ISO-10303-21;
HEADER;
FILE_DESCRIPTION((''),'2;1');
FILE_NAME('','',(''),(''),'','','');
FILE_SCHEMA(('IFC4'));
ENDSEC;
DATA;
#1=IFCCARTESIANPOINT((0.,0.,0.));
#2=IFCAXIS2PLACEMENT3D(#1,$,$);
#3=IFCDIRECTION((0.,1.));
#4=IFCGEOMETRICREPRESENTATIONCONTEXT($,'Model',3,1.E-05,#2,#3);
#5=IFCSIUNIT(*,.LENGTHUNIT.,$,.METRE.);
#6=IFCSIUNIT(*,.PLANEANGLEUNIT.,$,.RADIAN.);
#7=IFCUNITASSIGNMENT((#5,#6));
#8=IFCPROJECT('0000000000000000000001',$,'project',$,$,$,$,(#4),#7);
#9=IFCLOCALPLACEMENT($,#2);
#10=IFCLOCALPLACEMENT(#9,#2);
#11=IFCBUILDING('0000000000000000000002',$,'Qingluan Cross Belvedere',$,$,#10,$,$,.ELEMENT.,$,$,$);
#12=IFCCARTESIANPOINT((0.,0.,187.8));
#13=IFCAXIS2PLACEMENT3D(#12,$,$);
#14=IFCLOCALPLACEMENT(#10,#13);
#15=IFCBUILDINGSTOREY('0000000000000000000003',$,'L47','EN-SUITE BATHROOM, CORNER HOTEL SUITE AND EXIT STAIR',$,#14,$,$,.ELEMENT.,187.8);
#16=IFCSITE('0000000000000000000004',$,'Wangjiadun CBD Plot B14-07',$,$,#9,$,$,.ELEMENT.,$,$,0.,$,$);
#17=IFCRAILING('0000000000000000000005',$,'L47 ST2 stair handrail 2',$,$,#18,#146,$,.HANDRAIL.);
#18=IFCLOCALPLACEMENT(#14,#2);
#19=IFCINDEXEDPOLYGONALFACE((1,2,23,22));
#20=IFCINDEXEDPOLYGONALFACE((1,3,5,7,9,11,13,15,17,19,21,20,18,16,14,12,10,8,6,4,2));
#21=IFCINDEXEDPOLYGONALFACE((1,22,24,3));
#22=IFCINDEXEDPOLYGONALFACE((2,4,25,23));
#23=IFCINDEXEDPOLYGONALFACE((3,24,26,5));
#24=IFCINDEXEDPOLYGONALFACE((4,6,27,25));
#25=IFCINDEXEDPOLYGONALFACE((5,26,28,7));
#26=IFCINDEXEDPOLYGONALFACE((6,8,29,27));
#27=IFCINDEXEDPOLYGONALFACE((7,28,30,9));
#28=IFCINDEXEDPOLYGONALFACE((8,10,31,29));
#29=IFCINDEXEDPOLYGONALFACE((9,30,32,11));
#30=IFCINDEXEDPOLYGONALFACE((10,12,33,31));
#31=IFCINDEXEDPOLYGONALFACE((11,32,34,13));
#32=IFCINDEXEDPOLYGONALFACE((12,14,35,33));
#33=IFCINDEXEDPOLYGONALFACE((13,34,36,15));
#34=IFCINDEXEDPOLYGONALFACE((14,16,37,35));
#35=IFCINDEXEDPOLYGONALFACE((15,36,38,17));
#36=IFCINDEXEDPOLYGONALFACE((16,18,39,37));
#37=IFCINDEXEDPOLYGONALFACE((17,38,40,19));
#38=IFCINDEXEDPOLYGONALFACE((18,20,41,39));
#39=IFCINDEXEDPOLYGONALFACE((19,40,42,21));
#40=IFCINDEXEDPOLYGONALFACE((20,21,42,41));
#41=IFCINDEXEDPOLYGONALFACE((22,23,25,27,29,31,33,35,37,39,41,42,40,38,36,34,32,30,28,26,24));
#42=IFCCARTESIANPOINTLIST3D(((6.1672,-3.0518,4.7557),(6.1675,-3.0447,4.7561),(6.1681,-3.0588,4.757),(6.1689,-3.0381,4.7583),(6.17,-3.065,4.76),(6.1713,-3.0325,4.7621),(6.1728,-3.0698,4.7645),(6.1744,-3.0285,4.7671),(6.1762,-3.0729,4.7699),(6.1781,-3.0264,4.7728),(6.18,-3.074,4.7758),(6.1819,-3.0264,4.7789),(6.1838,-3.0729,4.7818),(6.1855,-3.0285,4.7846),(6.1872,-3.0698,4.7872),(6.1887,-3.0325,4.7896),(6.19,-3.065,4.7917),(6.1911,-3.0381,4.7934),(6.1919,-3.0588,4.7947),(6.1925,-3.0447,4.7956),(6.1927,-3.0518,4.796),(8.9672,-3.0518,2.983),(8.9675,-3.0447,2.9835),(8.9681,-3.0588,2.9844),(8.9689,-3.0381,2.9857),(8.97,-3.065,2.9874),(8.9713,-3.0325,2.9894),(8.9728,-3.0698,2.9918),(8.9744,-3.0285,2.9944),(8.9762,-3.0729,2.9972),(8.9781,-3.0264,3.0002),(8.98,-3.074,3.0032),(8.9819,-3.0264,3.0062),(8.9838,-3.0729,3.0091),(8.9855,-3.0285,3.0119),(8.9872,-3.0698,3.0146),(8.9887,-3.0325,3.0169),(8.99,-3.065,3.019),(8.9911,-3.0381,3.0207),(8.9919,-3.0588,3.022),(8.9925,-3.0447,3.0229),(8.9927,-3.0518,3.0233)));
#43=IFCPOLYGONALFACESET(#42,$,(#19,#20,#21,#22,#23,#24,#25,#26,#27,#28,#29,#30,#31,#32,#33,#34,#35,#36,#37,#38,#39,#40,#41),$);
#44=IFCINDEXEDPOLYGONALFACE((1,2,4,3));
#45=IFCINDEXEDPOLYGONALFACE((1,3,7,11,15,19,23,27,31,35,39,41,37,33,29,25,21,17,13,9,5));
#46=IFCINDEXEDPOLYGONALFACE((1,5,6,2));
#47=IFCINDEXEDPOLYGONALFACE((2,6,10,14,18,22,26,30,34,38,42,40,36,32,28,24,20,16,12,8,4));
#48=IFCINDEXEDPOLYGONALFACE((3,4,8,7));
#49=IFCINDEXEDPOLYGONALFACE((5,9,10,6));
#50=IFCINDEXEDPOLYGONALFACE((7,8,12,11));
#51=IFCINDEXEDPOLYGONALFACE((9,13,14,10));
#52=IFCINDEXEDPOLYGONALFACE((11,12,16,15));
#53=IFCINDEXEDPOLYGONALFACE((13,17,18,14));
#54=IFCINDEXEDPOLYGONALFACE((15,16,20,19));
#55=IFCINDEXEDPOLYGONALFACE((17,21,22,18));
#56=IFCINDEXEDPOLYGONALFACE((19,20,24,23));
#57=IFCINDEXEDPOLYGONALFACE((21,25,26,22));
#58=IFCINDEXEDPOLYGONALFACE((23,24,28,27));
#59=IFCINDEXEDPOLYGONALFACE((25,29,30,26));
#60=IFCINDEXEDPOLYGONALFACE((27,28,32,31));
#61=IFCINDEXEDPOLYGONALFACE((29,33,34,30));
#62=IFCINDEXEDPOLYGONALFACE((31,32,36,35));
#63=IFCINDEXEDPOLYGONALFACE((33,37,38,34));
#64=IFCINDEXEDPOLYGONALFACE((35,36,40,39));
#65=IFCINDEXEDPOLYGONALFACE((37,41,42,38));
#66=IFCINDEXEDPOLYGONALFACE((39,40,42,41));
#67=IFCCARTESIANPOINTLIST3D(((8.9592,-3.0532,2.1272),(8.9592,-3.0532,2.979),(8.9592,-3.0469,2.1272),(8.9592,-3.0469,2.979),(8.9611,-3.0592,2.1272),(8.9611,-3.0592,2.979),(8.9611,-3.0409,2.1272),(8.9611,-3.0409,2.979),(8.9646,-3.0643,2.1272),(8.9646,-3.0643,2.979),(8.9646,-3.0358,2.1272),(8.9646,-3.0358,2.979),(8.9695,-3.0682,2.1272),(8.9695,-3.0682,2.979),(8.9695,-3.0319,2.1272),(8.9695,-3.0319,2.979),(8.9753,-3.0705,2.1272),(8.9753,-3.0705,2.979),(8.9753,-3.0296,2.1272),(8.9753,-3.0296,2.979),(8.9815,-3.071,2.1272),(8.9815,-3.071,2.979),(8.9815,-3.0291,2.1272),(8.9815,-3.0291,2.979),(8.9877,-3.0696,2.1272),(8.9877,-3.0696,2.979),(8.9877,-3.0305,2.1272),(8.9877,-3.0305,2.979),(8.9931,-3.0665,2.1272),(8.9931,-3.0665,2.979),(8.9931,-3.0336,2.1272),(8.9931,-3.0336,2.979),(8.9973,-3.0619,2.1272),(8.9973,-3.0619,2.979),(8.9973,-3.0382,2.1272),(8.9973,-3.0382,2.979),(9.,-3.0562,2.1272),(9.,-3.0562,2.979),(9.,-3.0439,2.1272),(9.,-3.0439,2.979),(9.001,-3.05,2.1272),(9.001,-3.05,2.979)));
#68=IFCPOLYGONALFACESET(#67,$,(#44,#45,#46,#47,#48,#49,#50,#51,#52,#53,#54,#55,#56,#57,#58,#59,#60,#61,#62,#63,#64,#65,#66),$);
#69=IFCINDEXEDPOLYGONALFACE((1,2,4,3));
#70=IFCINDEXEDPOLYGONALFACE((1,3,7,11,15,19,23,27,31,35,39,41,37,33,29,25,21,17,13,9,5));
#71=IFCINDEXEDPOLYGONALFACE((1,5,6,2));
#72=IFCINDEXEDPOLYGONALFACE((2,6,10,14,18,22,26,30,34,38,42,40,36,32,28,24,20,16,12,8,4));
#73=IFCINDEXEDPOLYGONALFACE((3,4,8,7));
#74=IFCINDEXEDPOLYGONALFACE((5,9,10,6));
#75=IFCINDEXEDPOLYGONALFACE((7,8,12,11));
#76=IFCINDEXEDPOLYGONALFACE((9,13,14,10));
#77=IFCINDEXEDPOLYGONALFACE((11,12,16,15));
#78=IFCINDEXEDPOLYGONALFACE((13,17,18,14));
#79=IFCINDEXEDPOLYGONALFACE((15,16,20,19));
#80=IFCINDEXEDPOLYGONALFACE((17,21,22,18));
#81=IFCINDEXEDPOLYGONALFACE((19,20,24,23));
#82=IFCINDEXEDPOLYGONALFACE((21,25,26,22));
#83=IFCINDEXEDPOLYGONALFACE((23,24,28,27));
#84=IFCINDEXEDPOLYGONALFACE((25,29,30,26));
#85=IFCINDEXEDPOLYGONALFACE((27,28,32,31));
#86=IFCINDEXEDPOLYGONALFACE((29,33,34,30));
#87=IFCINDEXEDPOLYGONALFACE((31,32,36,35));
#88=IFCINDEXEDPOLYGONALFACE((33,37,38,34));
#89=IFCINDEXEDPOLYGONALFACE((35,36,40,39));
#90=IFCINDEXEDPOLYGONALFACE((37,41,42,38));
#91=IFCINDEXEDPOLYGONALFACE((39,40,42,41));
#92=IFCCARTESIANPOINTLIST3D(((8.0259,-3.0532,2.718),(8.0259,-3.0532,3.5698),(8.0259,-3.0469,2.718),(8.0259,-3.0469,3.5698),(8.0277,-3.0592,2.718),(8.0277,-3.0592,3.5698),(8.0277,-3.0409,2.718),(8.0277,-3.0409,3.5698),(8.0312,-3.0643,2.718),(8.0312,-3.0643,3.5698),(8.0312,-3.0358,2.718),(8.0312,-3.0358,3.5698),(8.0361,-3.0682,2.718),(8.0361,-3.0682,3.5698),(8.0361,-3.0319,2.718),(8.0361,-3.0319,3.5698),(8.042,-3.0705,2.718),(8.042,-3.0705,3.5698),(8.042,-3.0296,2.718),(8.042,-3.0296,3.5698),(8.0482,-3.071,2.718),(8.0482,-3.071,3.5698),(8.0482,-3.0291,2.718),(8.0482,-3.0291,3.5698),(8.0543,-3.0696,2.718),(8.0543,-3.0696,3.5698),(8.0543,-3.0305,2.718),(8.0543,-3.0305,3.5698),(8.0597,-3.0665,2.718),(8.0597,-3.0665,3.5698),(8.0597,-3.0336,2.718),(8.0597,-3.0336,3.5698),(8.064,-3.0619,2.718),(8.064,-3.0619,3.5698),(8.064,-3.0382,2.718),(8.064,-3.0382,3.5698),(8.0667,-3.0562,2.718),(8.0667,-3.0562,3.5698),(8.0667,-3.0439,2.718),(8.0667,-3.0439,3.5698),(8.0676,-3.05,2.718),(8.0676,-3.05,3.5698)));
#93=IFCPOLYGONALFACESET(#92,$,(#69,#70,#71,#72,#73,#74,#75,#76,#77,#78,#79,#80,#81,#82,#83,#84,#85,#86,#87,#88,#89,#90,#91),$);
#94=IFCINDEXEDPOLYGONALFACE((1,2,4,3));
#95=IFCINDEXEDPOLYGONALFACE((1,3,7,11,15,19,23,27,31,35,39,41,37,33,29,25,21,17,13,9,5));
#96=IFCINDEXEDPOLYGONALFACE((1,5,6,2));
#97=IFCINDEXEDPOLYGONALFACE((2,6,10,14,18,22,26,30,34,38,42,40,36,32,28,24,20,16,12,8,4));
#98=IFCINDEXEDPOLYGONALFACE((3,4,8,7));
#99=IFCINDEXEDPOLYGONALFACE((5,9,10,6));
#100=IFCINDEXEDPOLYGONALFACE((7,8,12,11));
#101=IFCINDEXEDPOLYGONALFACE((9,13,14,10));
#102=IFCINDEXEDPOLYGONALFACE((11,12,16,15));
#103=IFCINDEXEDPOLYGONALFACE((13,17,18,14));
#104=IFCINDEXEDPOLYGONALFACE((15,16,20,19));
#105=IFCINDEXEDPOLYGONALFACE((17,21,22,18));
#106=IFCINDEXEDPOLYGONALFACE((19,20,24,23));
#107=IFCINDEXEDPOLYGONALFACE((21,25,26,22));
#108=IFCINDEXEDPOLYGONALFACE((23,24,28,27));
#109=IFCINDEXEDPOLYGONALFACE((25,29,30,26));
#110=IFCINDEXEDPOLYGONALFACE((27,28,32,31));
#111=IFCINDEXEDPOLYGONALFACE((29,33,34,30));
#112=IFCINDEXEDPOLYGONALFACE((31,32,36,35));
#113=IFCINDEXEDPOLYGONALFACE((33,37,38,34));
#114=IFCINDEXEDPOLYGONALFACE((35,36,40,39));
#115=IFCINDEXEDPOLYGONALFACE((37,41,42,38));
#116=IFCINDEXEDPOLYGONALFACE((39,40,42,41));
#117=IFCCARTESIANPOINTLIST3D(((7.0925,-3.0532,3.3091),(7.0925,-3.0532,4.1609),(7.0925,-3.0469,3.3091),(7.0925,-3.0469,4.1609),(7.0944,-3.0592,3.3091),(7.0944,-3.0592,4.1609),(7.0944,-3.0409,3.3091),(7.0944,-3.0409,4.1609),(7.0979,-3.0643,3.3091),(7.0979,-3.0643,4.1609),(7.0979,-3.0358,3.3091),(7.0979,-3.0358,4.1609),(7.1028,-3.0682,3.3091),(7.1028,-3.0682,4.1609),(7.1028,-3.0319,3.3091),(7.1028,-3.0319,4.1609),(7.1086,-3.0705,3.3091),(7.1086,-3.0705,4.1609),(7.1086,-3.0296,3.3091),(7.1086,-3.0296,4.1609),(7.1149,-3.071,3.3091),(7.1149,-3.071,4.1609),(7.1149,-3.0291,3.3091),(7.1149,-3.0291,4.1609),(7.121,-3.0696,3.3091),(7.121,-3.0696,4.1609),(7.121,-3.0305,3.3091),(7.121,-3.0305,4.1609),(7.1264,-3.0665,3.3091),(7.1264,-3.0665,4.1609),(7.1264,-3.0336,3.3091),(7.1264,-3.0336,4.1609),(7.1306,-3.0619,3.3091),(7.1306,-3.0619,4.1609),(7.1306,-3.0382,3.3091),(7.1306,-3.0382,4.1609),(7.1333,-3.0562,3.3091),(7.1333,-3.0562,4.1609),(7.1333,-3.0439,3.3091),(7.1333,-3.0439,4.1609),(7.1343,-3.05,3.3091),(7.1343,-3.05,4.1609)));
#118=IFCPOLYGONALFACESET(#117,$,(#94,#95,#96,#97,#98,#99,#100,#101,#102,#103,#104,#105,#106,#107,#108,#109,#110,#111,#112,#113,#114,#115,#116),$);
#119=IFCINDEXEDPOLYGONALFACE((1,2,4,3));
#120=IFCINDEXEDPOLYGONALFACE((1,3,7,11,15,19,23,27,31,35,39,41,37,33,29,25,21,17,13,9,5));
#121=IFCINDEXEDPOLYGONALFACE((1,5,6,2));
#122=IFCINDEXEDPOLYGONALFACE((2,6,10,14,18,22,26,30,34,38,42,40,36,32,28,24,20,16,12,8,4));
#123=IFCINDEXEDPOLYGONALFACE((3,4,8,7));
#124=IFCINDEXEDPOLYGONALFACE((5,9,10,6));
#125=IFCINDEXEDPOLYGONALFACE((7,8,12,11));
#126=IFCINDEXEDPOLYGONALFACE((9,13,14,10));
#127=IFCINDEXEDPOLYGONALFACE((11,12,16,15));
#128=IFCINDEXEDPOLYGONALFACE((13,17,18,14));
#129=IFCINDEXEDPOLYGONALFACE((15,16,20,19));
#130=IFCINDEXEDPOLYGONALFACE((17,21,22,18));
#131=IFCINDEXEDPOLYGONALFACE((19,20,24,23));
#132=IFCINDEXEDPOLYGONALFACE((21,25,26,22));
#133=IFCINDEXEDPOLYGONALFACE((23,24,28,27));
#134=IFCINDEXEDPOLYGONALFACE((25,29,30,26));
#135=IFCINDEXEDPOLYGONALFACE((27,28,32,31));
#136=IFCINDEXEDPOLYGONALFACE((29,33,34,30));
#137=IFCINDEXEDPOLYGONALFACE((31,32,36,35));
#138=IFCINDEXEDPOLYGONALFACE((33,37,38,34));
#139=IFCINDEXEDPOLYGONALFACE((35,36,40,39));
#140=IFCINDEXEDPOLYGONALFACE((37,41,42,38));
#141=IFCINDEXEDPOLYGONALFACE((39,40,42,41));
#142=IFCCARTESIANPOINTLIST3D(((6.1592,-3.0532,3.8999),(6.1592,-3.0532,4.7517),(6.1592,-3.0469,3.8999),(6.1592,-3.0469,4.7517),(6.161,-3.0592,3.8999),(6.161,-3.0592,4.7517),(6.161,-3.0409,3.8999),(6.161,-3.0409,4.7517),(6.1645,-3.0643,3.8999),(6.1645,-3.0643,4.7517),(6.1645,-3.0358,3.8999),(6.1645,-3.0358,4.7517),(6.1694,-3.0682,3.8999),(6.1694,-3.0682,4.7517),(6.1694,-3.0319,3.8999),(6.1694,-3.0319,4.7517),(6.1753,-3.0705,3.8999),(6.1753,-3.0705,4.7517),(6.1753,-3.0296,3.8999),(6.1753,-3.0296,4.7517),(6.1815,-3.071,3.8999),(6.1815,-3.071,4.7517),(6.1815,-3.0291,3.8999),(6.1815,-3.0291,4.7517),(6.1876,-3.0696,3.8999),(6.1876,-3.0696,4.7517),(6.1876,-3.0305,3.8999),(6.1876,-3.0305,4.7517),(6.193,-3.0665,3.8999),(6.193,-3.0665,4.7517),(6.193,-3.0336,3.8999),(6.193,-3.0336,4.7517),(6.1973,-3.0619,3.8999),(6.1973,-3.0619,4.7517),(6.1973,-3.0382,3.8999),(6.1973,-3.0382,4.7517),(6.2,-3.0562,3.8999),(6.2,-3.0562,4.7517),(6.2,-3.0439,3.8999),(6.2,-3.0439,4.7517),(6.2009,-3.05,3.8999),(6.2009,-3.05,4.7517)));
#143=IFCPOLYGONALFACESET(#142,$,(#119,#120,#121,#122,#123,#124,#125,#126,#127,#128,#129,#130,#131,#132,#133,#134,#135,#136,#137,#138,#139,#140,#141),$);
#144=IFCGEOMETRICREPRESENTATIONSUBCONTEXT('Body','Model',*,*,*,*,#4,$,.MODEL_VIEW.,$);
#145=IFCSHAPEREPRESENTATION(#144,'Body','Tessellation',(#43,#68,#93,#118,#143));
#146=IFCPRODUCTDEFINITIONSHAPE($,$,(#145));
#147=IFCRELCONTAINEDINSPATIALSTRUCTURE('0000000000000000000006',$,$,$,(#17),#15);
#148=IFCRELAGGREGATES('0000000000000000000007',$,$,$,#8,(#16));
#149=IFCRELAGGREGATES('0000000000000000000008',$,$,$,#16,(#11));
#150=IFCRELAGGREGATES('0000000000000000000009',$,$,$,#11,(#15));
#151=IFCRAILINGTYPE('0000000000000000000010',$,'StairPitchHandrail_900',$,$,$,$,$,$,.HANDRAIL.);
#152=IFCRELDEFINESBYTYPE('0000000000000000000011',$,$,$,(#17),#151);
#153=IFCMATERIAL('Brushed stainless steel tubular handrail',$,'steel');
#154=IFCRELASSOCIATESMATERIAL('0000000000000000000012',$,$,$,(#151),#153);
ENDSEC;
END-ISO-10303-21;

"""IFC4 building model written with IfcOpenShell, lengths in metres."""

from ifc_helpers import new_model, si_unit, direction, frame, origin, origin_2d, place, context, subcontext, project, spatial, circle, extrude, material, type_object, element, save


model = new_model("IFC4")

# Units and contexts
model_context = context("Model", 3, precision=1e-05, world=origin(), true_north=direction((0.0, 1.0)))
body_context = subcontext(model_context, "Body", "Model", "MODEL_VIEW")
ifc_project = project(units=[si_unit("LENGTHUNIT", "METRE"), si_unit("PLANEANGLEUNIT", "RADIAN")], contexts=[model_context])

# Site, building, storey
site_placement = place(None, origin())
site = spatial("IfcSite", under=ifc_project, at=site_placement, Name="Wangjiadun CBD Plot B14-07", CompositionType="ELEMENT", RefElevation=0.0)
building_placement = place(site_placement, origin())
building = spatial("IfcBuilding", under=site, at=building_placement, Name="Qingluan Cross Belvedere", CompositionType="ELEMENT")
storey_placement = place(building_placement, frame((0.0, 0.0, 187.8)))
storey = spatial("IfcBuildingStorey", under=building, at=storey_placement, Name="L47", Description="EN-SUITE BATHROOM, CORNER HOTEL SUITE AND EXIT STAIR", CompositionType="ELEMENT", Elevation=187.8)

# Railing
ifc_material_1 = material(Name="Brushed stainless steel tubular handrail", Category="steel")
railing_type_1 = type_object("IfcRailingType", Name="StairPitchHandrail_900", PredefinedType="HANDRAIL", material=ifc_material_1)
railing_1_placement = place(storey_placement, frame((8.98, -3.05, 2.1272)))
element("IfcRailing", 1, at=railing_1_placement, inside=storey, type_object=railing_type_1, Name="L47 ST2 stair handrail 2", PredefinedType="HANDRAIL", context=body_context, shape_type="SweptSolid", body=[
    extrude(circle(Radius=0.0239, at=origin_2d()), frame((0.0, 0.0, 0.876), z_axis=(-0.844909, 0.0, 0.53491), x_axis=(0.0, -1.0, 0.0)), (0.0, 0.0, 1.0), 3.314),
    extrude(circle(Radius=0.021, at=origin_2d()), origin(), (0.0, 0.0, 1.0), 0.8518),
    extrude(circle(Radius=0.021, at=origin_2d()), frame((-0.9333, 0.0, 0.5908)), (0.0, 0.0, 1.0), 0.8518),
    extrude(circle(Radius=0.021, at=origin_2d()), frame((-1.8667, 0.0, 1.1819)), (0.0, 0.0, 1.0), 0.8518),
    extrude(circle(Radius=0.021, at=origin_2d()), frame((-2.8, 0.0, 1.7727)), (0.0, 0.0, 1.0), 0.8518),
])

save(model, "model.ifc")
